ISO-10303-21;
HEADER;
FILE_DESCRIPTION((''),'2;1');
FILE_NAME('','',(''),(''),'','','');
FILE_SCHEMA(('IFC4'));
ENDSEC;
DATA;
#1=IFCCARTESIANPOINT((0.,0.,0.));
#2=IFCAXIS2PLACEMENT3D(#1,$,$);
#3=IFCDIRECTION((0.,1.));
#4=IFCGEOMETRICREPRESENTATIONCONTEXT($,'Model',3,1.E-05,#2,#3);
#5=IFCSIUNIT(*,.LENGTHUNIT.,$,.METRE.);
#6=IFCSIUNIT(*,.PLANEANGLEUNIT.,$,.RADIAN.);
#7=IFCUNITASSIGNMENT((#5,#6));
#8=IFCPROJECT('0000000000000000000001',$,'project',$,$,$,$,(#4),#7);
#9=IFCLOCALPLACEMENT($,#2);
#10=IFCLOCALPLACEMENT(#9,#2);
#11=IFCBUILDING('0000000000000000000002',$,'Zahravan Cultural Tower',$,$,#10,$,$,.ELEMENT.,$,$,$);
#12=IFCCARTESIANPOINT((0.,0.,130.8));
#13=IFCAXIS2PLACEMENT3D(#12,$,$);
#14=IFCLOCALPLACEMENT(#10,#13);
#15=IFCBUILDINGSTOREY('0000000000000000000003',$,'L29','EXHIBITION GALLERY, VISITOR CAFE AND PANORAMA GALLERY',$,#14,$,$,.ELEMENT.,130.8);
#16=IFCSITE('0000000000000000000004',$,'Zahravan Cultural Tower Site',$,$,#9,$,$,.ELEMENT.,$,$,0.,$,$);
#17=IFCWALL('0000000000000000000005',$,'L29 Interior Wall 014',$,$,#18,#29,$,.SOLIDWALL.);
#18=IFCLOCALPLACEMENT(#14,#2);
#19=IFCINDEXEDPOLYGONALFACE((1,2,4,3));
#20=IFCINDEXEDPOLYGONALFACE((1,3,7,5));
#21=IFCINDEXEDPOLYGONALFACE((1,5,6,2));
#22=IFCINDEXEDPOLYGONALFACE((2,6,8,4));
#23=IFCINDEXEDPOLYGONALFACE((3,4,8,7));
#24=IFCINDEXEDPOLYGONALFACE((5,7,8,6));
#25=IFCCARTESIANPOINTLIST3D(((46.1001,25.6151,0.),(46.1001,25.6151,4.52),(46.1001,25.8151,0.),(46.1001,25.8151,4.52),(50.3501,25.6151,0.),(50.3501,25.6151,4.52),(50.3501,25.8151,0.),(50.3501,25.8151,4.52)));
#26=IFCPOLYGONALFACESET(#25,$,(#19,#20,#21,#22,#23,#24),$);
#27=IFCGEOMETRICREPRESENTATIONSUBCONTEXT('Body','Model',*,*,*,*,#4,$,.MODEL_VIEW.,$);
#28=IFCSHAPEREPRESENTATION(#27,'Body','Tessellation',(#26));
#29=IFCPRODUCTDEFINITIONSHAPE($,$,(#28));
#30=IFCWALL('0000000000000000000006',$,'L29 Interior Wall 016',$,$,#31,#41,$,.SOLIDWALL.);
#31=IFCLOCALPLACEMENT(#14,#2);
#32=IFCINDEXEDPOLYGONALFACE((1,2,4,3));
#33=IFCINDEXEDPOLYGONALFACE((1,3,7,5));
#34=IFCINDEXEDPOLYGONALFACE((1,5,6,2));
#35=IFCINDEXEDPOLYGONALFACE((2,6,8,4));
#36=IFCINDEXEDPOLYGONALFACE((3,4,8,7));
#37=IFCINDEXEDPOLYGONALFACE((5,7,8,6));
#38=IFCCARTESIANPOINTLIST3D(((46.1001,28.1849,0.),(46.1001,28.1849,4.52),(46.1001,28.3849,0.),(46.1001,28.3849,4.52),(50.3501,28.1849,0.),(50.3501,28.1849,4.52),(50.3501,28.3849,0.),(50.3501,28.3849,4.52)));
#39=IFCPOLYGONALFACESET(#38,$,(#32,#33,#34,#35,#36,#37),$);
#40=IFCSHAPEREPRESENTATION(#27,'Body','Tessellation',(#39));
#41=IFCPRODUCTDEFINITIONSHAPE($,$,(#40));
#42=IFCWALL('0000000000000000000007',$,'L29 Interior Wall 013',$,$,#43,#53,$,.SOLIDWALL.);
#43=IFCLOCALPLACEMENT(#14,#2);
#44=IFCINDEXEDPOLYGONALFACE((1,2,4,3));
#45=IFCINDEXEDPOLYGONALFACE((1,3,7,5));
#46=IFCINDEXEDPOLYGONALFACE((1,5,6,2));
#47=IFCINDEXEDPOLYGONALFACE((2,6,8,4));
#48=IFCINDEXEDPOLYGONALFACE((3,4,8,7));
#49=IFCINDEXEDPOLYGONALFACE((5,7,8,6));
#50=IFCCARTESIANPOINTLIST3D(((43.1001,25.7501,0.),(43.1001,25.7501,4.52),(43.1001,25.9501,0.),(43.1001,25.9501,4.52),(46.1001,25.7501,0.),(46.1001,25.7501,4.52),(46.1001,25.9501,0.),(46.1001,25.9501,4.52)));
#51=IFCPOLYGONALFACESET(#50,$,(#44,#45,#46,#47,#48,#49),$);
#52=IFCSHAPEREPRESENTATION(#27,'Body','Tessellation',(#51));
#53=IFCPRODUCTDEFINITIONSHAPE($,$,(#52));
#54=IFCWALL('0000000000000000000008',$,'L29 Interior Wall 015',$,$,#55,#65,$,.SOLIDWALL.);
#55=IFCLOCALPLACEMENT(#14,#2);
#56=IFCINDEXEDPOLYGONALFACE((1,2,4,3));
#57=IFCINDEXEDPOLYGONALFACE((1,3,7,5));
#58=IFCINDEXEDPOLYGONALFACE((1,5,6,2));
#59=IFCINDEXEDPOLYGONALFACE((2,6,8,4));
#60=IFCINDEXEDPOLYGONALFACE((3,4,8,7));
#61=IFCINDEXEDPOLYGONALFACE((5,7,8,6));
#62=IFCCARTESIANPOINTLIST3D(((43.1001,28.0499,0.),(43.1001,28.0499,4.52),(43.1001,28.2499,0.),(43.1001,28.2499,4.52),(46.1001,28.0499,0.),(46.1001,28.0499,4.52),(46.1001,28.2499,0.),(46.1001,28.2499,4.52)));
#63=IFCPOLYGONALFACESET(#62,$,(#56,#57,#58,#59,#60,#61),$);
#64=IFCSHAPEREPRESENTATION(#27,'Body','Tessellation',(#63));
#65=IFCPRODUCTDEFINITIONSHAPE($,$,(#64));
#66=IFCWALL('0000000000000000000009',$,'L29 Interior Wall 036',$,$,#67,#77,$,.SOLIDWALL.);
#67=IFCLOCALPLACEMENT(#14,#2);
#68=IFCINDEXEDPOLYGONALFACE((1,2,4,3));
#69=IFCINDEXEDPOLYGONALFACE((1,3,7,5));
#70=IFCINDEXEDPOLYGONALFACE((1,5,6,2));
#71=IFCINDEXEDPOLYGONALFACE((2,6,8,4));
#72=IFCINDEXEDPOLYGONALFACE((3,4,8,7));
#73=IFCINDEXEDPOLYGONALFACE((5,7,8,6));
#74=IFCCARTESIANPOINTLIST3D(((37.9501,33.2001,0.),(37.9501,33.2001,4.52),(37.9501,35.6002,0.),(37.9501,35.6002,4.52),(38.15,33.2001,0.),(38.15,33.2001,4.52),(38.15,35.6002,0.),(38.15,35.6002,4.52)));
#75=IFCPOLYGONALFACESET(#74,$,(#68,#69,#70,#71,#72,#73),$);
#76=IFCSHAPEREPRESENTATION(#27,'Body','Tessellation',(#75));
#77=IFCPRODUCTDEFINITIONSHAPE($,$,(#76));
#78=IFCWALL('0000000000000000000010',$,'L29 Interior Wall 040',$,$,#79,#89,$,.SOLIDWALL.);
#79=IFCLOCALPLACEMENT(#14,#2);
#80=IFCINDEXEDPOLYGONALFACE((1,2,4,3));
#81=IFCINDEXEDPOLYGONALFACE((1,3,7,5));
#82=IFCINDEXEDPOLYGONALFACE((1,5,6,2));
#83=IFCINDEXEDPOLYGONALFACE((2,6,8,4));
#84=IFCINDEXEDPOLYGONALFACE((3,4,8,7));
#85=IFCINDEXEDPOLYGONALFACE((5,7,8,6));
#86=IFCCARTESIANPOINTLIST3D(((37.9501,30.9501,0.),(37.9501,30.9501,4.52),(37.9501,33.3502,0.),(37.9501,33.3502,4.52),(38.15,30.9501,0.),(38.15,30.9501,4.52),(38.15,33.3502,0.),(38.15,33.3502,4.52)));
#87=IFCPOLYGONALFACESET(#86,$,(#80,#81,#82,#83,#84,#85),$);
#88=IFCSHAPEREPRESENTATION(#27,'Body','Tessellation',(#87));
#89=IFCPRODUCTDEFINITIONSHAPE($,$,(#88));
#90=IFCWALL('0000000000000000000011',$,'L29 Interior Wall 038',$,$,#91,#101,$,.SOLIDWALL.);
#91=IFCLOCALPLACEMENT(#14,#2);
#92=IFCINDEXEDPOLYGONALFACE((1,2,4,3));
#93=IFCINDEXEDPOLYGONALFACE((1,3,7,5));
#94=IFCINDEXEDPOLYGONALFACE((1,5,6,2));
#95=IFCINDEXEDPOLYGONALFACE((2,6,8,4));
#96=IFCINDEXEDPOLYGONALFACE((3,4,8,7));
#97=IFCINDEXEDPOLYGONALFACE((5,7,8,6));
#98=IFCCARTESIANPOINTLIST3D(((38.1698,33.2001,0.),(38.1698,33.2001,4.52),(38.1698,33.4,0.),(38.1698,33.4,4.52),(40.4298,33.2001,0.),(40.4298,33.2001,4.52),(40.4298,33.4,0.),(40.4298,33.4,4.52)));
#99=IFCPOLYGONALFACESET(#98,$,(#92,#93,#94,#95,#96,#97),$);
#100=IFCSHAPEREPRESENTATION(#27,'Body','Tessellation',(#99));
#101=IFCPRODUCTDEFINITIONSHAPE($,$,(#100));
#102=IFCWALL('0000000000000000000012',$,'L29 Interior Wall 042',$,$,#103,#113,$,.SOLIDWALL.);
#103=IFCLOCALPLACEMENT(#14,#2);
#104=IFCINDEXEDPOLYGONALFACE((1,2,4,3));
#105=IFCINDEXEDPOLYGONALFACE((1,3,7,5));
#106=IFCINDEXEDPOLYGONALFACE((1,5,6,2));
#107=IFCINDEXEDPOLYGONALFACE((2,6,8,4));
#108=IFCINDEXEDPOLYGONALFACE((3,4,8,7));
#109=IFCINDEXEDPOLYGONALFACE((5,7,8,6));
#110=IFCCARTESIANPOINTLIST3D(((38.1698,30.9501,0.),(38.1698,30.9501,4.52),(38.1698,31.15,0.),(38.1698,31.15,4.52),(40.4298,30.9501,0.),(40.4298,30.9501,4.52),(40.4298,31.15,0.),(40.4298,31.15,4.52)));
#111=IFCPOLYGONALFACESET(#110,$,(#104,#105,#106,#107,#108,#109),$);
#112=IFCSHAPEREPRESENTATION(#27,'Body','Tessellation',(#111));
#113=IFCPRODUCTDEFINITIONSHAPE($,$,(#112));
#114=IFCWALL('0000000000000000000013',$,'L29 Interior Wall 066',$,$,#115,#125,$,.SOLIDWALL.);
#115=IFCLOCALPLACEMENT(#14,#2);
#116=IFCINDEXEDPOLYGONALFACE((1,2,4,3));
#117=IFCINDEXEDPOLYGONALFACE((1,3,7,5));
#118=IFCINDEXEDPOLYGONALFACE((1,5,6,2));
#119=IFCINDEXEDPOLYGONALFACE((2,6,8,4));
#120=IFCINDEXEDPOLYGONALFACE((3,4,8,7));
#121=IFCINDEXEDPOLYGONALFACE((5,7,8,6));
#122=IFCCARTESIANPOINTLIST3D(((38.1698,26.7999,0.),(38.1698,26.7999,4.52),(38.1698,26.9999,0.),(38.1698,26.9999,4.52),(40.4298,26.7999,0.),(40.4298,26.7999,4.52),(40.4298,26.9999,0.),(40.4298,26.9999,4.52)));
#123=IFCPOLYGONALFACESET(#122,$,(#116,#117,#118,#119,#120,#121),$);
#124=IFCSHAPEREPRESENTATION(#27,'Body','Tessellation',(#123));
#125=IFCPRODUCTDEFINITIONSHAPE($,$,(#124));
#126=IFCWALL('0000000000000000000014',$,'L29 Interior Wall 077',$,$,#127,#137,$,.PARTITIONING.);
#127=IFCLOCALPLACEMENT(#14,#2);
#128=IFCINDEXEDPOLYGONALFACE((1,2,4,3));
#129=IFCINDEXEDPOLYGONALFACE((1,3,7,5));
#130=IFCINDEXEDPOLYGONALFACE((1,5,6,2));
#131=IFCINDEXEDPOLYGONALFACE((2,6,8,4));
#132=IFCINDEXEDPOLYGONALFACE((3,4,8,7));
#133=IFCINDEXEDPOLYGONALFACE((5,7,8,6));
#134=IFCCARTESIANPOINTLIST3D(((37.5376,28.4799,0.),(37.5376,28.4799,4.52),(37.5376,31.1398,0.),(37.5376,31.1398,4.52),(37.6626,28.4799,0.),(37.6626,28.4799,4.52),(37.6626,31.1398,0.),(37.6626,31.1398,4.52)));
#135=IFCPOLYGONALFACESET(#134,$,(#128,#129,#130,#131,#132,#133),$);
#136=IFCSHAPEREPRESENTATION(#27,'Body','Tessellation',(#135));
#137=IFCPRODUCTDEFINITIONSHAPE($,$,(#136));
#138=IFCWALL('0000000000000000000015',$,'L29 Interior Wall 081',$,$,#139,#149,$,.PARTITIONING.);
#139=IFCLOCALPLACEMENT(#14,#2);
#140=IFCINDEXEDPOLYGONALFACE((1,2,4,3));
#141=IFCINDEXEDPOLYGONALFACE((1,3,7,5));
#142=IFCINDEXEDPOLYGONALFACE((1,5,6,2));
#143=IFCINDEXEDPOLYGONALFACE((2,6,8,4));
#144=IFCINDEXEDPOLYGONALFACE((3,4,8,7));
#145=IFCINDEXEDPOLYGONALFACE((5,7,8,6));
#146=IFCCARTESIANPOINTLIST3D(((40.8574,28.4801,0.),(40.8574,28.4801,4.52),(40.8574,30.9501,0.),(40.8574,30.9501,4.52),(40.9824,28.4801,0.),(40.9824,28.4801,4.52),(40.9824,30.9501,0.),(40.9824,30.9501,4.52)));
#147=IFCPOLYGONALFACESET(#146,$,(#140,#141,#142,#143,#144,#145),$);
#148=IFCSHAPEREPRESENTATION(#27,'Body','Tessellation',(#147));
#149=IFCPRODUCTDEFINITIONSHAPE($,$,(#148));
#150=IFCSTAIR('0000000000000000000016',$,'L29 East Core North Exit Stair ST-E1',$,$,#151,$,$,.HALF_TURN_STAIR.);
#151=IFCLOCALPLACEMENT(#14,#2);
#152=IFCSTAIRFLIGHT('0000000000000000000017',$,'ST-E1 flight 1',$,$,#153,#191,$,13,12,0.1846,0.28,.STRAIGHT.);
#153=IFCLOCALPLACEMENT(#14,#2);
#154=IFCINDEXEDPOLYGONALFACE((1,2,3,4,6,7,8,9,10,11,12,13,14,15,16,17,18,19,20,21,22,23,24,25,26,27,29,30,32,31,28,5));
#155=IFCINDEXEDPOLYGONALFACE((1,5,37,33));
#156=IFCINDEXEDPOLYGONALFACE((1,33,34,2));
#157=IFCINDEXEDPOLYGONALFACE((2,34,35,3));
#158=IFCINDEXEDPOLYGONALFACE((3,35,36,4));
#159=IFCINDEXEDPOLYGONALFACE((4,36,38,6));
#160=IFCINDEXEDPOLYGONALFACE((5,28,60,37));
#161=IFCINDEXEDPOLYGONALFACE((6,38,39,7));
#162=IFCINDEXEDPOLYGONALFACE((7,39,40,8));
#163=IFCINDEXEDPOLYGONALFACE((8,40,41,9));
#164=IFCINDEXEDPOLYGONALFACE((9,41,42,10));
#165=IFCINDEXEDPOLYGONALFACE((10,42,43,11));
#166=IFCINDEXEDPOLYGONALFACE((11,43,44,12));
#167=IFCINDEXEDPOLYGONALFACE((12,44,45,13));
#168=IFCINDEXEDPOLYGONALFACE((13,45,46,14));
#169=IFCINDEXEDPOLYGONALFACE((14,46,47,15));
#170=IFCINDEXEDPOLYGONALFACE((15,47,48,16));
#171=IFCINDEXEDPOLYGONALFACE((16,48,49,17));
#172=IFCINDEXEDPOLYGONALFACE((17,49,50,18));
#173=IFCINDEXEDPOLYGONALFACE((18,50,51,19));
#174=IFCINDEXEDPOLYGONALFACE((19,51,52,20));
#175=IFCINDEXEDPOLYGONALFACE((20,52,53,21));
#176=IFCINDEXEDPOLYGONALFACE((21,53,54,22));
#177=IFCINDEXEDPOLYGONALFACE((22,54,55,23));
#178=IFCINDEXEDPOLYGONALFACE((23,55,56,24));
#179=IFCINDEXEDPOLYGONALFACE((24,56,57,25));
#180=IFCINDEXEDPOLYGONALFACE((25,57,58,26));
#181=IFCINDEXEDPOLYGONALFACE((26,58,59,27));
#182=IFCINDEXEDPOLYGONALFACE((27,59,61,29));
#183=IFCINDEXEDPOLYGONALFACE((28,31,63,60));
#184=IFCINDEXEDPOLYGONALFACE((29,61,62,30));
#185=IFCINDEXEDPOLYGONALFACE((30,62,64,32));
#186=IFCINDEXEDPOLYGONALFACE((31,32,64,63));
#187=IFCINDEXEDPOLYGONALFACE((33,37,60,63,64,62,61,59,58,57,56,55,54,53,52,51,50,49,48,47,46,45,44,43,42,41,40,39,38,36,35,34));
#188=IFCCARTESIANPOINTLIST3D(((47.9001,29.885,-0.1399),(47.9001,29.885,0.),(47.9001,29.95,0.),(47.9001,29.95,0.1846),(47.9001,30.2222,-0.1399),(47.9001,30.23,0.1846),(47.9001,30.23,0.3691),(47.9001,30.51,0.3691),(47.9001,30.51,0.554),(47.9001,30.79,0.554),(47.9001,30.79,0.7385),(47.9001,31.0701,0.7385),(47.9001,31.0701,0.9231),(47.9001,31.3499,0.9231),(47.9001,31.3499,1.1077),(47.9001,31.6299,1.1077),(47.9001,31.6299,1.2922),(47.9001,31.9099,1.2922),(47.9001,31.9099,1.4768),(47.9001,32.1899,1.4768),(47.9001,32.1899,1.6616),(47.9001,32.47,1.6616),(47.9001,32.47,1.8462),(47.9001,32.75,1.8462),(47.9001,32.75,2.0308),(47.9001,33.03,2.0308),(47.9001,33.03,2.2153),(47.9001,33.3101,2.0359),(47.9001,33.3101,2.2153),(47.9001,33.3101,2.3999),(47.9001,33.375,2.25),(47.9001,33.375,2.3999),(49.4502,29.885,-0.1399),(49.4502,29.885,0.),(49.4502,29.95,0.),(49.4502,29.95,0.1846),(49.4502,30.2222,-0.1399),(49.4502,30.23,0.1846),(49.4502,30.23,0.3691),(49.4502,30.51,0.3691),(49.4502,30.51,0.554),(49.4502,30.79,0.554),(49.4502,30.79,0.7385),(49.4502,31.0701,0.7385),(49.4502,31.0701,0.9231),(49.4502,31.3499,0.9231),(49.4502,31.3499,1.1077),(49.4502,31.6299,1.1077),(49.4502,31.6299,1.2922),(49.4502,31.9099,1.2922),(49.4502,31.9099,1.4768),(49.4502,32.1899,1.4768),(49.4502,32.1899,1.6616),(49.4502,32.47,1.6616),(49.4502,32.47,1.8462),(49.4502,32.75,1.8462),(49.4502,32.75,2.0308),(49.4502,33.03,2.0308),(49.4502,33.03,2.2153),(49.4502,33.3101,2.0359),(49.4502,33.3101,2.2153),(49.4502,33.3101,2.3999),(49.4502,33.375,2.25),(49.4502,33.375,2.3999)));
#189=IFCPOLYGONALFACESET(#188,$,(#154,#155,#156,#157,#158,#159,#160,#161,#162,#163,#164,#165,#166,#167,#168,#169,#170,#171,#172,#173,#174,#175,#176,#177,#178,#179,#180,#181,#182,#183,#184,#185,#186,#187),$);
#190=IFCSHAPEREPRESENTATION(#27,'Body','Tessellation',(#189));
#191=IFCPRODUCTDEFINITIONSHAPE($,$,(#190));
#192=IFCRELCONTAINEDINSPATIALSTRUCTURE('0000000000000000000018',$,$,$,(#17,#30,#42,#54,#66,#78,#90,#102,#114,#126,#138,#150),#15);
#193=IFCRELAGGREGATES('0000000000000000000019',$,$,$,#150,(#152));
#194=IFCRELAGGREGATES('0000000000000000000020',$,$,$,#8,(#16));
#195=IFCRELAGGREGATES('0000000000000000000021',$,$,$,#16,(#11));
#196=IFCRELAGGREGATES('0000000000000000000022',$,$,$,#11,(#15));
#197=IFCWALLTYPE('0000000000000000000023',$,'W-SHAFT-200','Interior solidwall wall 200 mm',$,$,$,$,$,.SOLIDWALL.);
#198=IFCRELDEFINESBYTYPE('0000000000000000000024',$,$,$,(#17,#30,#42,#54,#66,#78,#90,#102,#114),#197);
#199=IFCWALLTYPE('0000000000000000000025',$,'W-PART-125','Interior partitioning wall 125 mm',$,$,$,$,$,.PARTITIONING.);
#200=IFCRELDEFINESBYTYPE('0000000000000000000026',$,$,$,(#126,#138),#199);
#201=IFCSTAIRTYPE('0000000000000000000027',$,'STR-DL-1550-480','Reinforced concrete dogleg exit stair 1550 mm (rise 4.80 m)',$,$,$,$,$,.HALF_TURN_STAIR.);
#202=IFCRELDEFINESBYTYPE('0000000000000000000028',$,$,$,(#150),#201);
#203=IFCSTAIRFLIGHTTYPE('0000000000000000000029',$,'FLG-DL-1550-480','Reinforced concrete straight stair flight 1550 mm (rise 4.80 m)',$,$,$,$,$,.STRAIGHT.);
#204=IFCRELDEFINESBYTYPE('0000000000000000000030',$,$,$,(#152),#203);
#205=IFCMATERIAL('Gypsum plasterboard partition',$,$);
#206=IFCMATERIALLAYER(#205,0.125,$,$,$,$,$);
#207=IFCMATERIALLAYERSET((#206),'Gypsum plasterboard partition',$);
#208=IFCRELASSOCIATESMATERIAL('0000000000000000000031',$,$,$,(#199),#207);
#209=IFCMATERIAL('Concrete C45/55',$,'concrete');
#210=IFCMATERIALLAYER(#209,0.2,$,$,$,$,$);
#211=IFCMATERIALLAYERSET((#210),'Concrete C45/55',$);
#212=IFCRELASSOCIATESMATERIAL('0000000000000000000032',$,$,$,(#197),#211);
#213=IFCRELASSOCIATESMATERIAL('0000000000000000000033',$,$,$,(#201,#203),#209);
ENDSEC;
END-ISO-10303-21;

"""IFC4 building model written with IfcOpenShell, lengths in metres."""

from ifc_helpers import new_model, si_unit, direction, frame, frame_2d, origin, place, context, subcontext, project, spatial, polyline, rectangle, outline, extrude, source, transform, mapped, material, layer, layer_set, type_object, element, aggregate, save


model = new_model("IFC4")

# Units and contexts
model_context = context("Model", 3, precision=1e-05, world=origin(), true_north=direction((0.0, 1.0)))
body_context = subcontext(model_context, "Body", "Model", "MODEL_VIEW")
ifc_project = project(units=[si_unit("LENGTHUNIT", "METRE"), si_unit("PLANEANGLEUNIT", "RADIAN")], contexts=[model_context])

# Site, building, storey
site_placement = place(None, origin())
site = spatial("IfcSite", under=ifc_project, at=site_placement, Name="Zahravan Cultural Tower Site", CompositionType="ELEMENT", RefElevation=0.0)
building_placement = place(site_placement, origin())
building = spatial("IfcBuilding", under=site, at=building_placement, Name="Zahravan Cultural Tower", CompositionType="ELEMENT")
storey_placement = place(building_placement, frame((0.0, 0.0, 130.8)))
storey = spatial("IfcBuildingStorey", under=building, at=storey_placement, Name="L29", Description="EXHIBITION GALLERY, VISITOR CAFE AND PANORAMA GALLERY", CompositionType="ELEMENT", Elevation=130.8)

# Shared definitions
ifc_material_1 = material(Name="Gypsum plasterboard partition")
ifc_layer_1 = layer(ifc_material_1, 0.125)
ifc_layer_set_1 = layer_set([ifc_layer_1], Name="Gypsum plasterboard partition")
wall_type_1 = type_object("IfcWallType", Name="W-PART-125", Description="Interior partitioning wall 125 mm", PredefinedType="PARTITIONING", material=ifc_layer_set_1)
ifc_material_2 = material(Name="Concrete C45/55", Category="concrete")
ifc_layer_2 = layer(ifc_material_2, 0.2)
ifc_layer_set_2 = layer_set([ifc_layer_2], Name="Concrete C45/55")
wall_type_2 = type_object("IfcWallType", Name="W-SHAFT-200", Description="Interior solidwall wall 200 mm", PredefinedType="SOLIDWALL", material=ifc_layer_set_2)

# Walls
shared_shape_1 = source(origin(), body_context, "Body", "SweptSolid", [
    extrude(rectangle(XDim=4.25, YDim=0.2, at=frame_2d((2.125, 0.0))), origin(), (0.0, 0.0, 1.0), 4.52),
])
for number, where, z_axis, x_axis, name in (
    (1, (46.1001, 25.7151, 0.0), (0.0, 0.0, 1.0), (1.0, 0.0, 0.0), "L29 Interior Wall 014"),
    (2, (46.1001, 28.2849, 0.0), (0.0, 0.0, 1.0), (1.0, 0.0, 0.0), "L29 Interior Wall 016"),
):
    element("IfcWall", number, at=place(storey_placement, frame(where, z_axis=z_axis, x_axis=x_axis)), inside=storey, type_object=wall_type_2, Name=name, PredefinedType="SOLIDWALL", context=body_context, shape_type="MappedRepresentation", body=[
        mapped(shared_shape_1, transform((0.0, 0.0, 0.0), x_axis=(1.0, 0.0, 0.0), y_axis=(0.0, 1.0, 0.0), z_axis=(0.0, 0.0, 1.0), scale=1.0)),
    ])
shared_shape_2 = source(origin(), body_context, "Body", "SweptSolid", [
    extrude(rectangle(XDim=3.0, YDim=0.2, at=frame_2d((1.5, 0.0))), origin(), (0.0, 0.0, 1.0), 4.52),
])
for number, where, z_axis, x_axis, name in (
    (3, (43.1001, 25.8501, 0.0), (0.0, 0.0, 1.0), (1.0, 0.0, 0.0), "L29 Interior Wall 013"),
    (4, (43.1001, 28.1499, 0.0), (0.0, 0.0, 1.0), (1.0, 0.0, 0.0), "L29 Interior Wall 015"),
):
    element("IfcWall", number, at=place(storey_placement, frame(where, z_axis=z_axis, x_axis=x_axis)), inside=storey, type_object=wall_type_2, Name=name, PredefinedType="SOLIDWALL", context=body_context, shape_type="MappedRepresentation", body=[
        mapped(shared_shape_2, transform((0.0, 0.0, 0.0), x_axis=(1.0, 0.0, 0.0), y_axis=(0.0, 1.0, 0.0), z_axis=(0.0, 0.0, 1.0), scale=1.0)),
    ])
shared_shape_3 = source(origin(), body_context, "Body", "SweptSolid", [
    extrude(rectangle(XDim=2.4001, YDim=0.2, at=frame_2d((1.2002, 0.0))), origin(), (0.0, 0.0, 1.0), 4.52),
])
for number, where, z_axis, x_axis, name in (
    (5, (38.05, 33.2, 0.0), (0.0, 0.0, 1.0), (0.0, 1.0, 0.0), "L29 Interior Wall 036"),
    (6, (38.05, 30.95, 0.0), (0.0, 0.0, 1.0), (0.0, 1.0, 0.0), "L29 Interior Wall 040"),
):
    element("IfcWall", number, at=place(storey_placement, frame(where, z_axis=z_axis, x_axis=x_axis)), inside=storey, type_object=wall_type_2, Name=name, PredefinedType="SOLIDWALL", context=body_context, shape_type="MappedRepresentation", body=[
        mapped(shared_shape_3, transform((0.0, 0.0, 0.0), x_axis=(1.0, 0.0, 0.0), y_axis=(0.0, 1.0, 0.0), z_axis=(0.0, 0.0, 1.0), scale=1.0)),
    ])
shared_shape_4 = source(origin(), body_context, "Body", "SweptSolid", [
    extrude(rectangle(XDim=2.26, YDim=0.2, at=frame_2d((1.1299, 0.0))), origin(), (0.0, 0.0, 1.0), 4.52),
])
for number, where, z_axis, x_axis, name in (
    (7, (38.1699, 33.3, 0.0), (0.0, 0.0, 1.0), (1.0, 0.0, 0.0), "L29 Interior Wall 038"),
    (8, (38.1699, 31.05, 0.0), (0.0, 0.0, 1.0), (1.0, 0.0, 0.0), "L29 Interior Wall 042"),
    (9, (38.1699, 26.8999, 0.0), (0.0, 0.0, 1.0), (1.0, 0.0, 0.0), "L29 Interior Wall 066"),
):
    element("IfcWall", number, at=place(storey_placement, frame(where, z_axis=z_axis, x_axis=x_axis)), inside=storey, type_object=wall_type_2, Name=name, PredefinedType="SOLIDWALL", context=body_context, shape_type="MappedRepresentation", body=[
        mapped(shared_shape_4, transform((0.0, 0.0, 0.0), x_axis=(1.0, 0.0, 0.0), y_axis=(0.0, 1.0, 0.0), z_axis=(0.0, 0.0, 1.0), scale=1.0)),
    ])
shared_shape_5 = source(origin(), body_context, "Body", "SweptSolid", [
    extrude(rectangle(XDim=2.6599, YDim=0.125, at=frame_2d((1.3301, 0.0))), origin(), (0.0, 0.0, 1.0), 4.52),
])
wall_1_placement = place(storey_placement, frame((37.6001, 31.1399, 0.0), z_axis=(0.0, 0.0, 1.0), x_axis=(0.0, -1.0, 0.0)))
element("IfcWall", 10, at=wall_1_placement, inside=storey, type_object=wall_type_1, Name="L29 Interior Wall 077", PredefinedType="PARTITIONING", context=body_context, shape_type="MappedRepresentation", body=[
    mapped(shared_shape_5, transform((0.0, 0.0, 0.0), x_axis=(1.0, 0.0, 0.0), y_axis=(0.0, 1.0, 0.0), z_axis=(0.0, 0.0, 1.0), scale=1.0)),
])
shared_shape_6 = source(origin(), body_context, "Body", "SweptSolid", [
    extrude(rectangle(XDim=2.47, YDim=0.125, at=frame_2d((1.2349, 0.0))), origin(), (0.0, 0.0, 1.0), 4.52),
])
wall_2_placement = place(storey_placement, frame((40.9199, 30.95, 0.0), z_axis=(0.0, 0.0, 1.0), x_axis=(0.0, -1.0, 0.0)))
element("IfcWall", 11, at=wall_2_placement, inside=storey, type_object=wall_type_1, Name="L29 Interior Wall 081", PredefinedType="PARTITIONING", context=body_context, shape_type="MappedRepresentation", body=[
    mapped(shared_shape_6, transform((0.0, 0.0, 0.0), x_axis=(1.0, 0.0, 0.0), y_axis=(0.0, 1.0, 0.0), z_axis=(0.0, 0.0, 1.0), scale=1.0)),
])

# Stair, stair flight
stair_type = type_object("IfcStairType", Name="STR-DL-1550-480", Description="Reinforced concrete dogleg exit stair 1550 mm (rise 4.80 m)", PredefinedType="HALF_TURN_STAIR", material=ifc_material_2)
stair_placement = place(storey_placement, origin())
stair = element("IfcStair", 12, at=stair_placement, inside=storey, type_object=stair_type, Name="L29 East Core North Exit Stair ST-E1", PredefinedType="HALF_TURN_STAIR")
stair_flight_type = type_object("IfcStairFlightType", Name="FLG-DL-1550-480", Description="Reinforced concrete straight stair flight 1550 mm (rise 4.80 m)", PredefinedType="STRAIGHT", material=ifc_material_2)
stair_flight_placement = place(storey_placement, frame((48.675, 29.95, 0.0), z_axis=(0.0, 0.0, 1.0), x_axis=(0.0, 1.0, 0.0)))
stair_flight = element("IfcStairFlight", 13, at=stair_flight_placement, type_object=stair_flight_type, Name="ST-E1 flight 1", NumberOfRisers=13, NumberOfTreads=12, PredefinedType="STRAIGHT", RiserHeight=0.1846, TreadLength=0.28, context=body_context, shape_type="SweptSolid", body=[
    extrude(outline(polyline([(-0.0649, -0.1399), (-0.0649, 0.0), (0.0, 0.0), (0.0, 0.1846), (0.28, 0.1846), (0.28, 0.3691), (0.5601, 0.3691), (0.5601, 0.554), (0.8401, 0.554), (0.8401, 0.7385), (1.1201, 0.7385), (1.1201, 0.9231), (1.3999, 0.9231), (1.3999, 1.1077), (1.6799, 1.1077), (1.6799, 1.2922), (1.96, 1.2922), (1.96, 1.4768), (2.24, 1.4768), (2.24, 1.6616), (2.52, 1.6616), (2.52, 1.8462), (2.8, 1.8462), (2.8, 2.0308), (3.0801, 2.0308), (3.0801, 2.2153), (3.3601, 2.2153), (3.3601, 2.3999), (3.425, 2.3999), (3.425, 2.25), (3.3601, 2.0359), (0.2722, -0.1399), (-0.0649, -0.1399)])), frame((0.0, 0.7749, 0.0), z_axis=(0.0, -1.0, 0.0), x_axis=(1.0, 0.0, 0.0)), (0.0, 0.0, 1.0), 1.55),
])
aggregate(stair, [stair_flight])

save(model, "model.ifc")
